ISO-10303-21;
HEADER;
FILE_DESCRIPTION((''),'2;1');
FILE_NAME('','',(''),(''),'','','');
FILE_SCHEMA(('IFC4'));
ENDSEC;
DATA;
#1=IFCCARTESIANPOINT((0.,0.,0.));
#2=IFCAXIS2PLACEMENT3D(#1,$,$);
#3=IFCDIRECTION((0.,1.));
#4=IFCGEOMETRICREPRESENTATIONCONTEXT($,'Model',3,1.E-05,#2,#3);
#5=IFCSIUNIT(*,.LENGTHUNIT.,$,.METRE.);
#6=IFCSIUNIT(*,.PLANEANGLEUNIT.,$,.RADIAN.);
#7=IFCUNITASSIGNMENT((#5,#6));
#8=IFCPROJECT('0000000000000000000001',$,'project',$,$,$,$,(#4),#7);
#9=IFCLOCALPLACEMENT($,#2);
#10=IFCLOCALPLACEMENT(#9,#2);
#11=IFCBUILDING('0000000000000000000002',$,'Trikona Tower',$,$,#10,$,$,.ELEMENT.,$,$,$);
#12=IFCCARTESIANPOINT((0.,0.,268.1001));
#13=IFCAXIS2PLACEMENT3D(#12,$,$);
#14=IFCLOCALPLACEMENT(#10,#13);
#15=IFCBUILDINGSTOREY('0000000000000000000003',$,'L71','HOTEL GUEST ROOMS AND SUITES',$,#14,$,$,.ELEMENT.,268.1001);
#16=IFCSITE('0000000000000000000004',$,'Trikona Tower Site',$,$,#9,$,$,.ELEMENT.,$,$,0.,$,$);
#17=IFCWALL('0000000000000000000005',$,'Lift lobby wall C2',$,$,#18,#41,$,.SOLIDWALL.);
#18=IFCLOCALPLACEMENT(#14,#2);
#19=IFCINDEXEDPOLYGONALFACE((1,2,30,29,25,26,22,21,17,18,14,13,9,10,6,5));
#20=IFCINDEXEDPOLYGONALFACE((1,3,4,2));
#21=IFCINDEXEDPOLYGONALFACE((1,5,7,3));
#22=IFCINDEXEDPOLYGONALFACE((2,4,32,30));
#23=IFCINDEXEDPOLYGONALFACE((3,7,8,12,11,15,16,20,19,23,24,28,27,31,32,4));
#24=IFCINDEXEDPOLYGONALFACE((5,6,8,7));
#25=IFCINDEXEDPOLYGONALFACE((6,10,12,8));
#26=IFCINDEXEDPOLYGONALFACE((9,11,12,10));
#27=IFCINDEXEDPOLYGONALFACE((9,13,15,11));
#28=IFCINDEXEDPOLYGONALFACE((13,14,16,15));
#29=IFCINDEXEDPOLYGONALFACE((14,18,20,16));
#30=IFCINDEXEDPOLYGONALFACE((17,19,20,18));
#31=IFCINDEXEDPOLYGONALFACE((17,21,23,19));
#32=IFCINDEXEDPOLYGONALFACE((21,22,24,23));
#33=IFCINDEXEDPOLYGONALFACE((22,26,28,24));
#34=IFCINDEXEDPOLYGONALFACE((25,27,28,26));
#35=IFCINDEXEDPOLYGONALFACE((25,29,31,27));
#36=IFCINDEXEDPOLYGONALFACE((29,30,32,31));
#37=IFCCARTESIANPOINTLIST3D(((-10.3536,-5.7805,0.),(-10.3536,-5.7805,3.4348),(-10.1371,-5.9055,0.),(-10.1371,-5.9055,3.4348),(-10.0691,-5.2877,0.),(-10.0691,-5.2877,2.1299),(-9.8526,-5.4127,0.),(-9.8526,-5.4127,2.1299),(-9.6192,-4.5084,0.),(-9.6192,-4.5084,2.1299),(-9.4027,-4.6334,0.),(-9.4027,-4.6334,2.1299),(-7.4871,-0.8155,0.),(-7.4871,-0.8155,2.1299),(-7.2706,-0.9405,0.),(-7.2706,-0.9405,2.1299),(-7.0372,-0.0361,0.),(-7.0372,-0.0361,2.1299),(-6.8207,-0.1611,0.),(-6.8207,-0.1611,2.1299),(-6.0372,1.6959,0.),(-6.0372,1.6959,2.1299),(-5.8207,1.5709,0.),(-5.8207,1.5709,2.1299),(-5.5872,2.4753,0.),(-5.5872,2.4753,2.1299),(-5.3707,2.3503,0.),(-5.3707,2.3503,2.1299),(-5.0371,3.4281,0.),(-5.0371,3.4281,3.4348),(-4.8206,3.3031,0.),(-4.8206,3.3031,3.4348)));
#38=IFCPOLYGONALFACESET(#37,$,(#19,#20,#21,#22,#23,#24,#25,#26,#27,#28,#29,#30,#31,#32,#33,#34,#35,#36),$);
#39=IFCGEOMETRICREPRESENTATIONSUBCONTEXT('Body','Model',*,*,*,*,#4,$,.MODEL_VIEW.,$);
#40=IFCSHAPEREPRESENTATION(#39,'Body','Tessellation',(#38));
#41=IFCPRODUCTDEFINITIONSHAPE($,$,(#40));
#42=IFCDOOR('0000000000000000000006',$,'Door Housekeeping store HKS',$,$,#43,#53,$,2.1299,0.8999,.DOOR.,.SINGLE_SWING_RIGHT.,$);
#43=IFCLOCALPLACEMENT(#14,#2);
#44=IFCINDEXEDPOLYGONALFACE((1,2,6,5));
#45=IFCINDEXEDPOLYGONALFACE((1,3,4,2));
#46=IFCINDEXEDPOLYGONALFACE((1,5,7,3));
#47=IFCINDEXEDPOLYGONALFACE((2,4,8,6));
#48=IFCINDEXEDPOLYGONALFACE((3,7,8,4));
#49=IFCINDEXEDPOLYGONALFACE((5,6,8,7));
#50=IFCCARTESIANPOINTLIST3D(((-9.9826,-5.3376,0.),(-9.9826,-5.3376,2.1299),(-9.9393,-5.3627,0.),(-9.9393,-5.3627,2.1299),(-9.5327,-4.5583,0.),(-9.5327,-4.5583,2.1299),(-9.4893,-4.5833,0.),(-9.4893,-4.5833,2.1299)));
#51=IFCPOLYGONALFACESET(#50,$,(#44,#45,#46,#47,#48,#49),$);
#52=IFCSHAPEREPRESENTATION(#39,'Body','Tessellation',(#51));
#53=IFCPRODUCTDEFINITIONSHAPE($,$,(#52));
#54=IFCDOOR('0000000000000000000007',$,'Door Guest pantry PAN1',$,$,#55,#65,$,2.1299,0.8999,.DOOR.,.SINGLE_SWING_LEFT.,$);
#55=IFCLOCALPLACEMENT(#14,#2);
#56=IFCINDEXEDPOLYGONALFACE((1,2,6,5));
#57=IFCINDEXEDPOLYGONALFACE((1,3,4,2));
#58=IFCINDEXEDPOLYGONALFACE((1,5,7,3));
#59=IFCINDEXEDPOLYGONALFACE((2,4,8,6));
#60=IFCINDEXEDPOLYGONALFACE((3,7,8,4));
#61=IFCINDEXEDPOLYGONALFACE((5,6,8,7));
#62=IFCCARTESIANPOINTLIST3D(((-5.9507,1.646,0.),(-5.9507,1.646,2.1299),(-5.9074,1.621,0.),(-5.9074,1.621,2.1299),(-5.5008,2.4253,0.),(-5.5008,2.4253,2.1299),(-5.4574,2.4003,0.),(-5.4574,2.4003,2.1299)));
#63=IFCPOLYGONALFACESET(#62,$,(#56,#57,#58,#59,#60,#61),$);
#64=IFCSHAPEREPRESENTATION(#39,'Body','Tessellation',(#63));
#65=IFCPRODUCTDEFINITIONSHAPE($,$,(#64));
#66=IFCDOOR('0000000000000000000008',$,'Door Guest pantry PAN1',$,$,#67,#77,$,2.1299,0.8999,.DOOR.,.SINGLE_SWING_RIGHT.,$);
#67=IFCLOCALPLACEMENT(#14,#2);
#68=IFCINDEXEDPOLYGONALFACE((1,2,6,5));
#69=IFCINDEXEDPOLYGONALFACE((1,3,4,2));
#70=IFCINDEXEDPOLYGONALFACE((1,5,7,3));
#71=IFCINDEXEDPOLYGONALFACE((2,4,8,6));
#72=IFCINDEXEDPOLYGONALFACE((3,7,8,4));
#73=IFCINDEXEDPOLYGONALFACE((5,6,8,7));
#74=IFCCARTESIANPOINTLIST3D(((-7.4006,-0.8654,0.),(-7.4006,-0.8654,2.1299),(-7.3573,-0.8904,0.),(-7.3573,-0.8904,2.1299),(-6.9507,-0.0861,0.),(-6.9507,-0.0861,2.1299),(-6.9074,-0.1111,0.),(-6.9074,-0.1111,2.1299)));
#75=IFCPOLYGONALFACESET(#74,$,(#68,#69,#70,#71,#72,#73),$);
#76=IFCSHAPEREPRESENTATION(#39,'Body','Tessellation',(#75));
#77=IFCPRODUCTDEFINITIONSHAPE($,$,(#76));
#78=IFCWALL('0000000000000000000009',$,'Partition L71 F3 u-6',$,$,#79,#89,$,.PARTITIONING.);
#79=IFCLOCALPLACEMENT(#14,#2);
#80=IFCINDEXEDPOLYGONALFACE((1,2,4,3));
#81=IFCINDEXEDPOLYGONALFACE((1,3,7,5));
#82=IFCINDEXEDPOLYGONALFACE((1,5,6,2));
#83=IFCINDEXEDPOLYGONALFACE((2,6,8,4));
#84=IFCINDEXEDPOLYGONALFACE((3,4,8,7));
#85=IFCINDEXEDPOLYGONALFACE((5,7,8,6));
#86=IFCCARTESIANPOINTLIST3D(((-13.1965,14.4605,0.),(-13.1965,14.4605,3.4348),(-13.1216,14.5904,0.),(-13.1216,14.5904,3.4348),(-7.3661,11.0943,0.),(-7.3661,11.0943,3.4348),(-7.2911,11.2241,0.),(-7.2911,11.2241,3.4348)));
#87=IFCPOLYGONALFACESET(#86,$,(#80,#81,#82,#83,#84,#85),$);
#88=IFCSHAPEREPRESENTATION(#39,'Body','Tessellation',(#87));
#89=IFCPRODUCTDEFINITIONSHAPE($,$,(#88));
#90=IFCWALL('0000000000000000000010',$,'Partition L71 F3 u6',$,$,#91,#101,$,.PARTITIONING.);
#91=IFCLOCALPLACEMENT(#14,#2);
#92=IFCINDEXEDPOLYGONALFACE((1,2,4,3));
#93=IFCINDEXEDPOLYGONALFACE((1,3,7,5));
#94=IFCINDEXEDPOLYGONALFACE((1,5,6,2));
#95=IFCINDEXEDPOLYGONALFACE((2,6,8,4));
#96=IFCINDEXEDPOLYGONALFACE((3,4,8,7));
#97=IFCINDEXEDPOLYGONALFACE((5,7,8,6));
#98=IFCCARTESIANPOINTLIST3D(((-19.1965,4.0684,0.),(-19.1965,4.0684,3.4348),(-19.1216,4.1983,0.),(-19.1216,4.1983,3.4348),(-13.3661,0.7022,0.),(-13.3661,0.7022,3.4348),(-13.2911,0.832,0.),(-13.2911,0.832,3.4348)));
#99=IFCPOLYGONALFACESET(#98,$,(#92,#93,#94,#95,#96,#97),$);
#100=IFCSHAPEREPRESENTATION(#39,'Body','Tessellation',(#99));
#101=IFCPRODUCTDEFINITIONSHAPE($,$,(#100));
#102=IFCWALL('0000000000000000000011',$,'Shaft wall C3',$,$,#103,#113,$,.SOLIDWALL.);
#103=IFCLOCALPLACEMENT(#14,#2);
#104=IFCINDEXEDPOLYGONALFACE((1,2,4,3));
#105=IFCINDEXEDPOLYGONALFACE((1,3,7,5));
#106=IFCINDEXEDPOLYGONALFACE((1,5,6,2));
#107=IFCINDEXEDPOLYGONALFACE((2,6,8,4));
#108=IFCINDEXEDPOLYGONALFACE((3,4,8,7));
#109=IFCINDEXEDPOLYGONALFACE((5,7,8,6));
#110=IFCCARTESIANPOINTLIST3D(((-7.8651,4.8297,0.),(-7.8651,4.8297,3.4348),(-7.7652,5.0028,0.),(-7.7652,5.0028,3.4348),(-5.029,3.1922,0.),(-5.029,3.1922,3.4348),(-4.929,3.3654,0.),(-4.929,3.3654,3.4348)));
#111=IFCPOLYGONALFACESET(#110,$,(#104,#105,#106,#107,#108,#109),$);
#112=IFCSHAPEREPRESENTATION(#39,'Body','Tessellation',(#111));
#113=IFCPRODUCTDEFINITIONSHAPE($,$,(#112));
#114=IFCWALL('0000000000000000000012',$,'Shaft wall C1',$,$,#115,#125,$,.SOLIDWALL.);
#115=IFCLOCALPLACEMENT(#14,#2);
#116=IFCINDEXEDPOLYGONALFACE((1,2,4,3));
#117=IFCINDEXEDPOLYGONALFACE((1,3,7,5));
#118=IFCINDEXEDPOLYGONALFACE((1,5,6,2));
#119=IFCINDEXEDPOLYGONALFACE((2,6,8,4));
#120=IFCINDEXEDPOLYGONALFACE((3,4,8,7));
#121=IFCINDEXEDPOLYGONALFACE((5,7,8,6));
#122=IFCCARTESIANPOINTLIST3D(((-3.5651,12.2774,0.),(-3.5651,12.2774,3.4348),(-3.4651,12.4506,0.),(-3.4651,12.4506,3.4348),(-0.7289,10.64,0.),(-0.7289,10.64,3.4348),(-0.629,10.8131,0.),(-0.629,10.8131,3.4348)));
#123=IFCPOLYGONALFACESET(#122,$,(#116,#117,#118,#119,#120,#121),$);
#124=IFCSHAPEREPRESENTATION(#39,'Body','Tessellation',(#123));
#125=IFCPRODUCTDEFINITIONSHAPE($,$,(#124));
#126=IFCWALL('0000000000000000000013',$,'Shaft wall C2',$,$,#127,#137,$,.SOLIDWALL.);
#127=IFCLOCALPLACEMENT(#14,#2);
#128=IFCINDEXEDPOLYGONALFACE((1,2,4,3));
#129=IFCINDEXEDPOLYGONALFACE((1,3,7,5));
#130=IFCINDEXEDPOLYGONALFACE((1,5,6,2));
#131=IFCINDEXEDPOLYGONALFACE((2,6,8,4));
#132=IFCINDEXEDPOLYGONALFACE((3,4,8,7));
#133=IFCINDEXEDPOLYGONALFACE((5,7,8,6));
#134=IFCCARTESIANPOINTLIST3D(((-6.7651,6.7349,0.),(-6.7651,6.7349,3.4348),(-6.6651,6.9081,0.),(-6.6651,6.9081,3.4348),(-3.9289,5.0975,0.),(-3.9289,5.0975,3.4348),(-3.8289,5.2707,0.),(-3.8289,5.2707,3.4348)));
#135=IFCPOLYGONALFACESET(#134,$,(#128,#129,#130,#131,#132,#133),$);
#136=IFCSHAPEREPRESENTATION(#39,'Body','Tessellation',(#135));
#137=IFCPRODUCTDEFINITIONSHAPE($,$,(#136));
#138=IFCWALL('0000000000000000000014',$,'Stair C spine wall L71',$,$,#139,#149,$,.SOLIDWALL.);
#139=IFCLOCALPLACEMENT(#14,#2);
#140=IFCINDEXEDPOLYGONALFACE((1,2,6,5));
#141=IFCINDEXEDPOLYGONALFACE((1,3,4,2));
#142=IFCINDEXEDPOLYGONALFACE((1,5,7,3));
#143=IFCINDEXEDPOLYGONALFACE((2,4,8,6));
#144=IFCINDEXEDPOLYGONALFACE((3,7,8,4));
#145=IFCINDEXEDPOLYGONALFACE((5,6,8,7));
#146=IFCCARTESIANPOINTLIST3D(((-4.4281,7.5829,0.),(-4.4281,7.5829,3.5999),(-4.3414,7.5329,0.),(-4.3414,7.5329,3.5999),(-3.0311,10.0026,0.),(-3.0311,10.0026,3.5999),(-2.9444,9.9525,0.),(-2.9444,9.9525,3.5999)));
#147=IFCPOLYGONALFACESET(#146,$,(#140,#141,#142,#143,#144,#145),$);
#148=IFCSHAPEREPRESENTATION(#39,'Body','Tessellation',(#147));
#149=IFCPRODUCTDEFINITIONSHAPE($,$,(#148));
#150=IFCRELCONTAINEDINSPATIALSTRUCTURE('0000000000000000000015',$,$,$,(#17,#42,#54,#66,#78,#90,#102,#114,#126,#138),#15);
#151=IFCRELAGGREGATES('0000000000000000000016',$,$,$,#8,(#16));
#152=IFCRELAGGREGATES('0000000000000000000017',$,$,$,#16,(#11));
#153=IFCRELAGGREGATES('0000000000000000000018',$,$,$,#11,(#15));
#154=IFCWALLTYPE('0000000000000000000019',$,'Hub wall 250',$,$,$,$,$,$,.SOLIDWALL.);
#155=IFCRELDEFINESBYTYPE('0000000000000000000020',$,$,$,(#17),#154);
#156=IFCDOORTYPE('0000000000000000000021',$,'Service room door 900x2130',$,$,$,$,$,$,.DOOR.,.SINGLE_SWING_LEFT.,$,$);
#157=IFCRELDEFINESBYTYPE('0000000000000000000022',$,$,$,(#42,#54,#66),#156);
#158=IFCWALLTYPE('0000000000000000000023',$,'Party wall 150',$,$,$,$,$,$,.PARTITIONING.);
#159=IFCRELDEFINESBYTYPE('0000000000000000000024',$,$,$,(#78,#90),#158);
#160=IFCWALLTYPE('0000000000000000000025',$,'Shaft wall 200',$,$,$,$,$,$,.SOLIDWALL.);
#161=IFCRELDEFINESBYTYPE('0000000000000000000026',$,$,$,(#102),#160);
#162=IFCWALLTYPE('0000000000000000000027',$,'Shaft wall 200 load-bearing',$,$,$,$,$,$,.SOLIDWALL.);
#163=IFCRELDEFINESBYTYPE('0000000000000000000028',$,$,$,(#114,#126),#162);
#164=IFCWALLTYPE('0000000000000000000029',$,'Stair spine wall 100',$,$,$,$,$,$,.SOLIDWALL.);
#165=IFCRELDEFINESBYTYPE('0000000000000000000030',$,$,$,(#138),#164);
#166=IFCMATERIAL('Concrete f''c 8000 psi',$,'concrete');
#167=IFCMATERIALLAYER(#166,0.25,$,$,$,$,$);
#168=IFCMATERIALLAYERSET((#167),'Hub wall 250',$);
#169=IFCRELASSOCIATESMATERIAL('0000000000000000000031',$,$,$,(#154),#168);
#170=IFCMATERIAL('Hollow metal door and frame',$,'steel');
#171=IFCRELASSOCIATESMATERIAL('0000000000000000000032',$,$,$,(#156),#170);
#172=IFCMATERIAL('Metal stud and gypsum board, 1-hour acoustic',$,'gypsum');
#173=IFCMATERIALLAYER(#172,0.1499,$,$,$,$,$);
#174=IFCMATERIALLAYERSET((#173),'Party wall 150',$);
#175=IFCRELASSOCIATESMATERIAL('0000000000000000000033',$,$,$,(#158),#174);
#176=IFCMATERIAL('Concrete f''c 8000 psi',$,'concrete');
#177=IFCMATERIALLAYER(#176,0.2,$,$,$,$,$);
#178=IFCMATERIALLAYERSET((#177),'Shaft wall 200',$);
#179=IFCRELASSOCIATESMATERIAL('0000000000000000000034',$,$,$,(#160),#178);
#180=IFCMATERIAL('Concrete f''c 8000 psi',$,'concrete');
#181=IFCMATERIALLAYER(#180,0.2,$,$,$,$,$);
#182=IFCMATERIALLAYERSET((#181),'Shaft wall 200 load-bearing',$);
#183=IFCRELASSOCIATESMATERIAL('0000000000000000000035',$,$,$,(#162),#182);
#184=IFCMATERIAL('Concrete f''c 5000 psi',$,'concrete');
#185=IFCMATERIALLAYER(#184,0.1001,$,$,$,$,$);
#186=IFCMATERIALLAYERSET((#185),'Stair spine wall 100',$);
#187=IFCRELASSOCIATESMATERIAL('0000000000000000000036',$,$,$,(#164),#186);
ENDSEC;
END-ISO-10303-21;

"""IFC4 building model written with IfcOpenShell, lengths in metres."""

from ifc_helpers import new_model, si_unit, direction, frame, frame_2d, origin, place, context, subcontext, project, spatial, rectangle, extrude, material, layer, layer_set, type_object, element, fill, save


model = new_model("IFC4")

# Units and contexts
model_context = context("Model", 3, precision=1e-05, world=origin(), true_north=direction((0.0, 1.0)))
body_context = subcontext(model_context, "Body", "Model", "MODEL_VIEW")
ifc_project = project(units=[si_unit("LENGTHUNIT", "METRE"), si_unit("PLANEANGLEUNIT", "RADIAN")], contexts=[model_context])

# Site, building, storey
site_placement = place(None, origin())
site = spatial("IfcSite", under=ifc_project, at=site_placement, Name="Trikona Tower Site", CompositionType="ELEMENT", RefElevation=0.0)
building_placement = place(site_placement, origin())
building = spatial("IfcBuilding", under=site, at=building_placement, Name="Trikona Tower", CompositionType="ELEMENT")
storey_placement = place(building_placement, frame((0.0, 0.0, 268.1001)))
storey = spatial("IfcBuildingStorey", under=building, at=storey_placement, Name="L71", Description="HOTEL GUEST ROOMS AND SUITES", CompositionType="ELEMENT", Elevation=268.1001)

# Shared definitions
ifc_material_1 = material(Name="Concrete f'c 8000 psi", Category="concrete")
ifc_layer_1 = layer(ifc_material_1, 0.25)
ifc_layer_set_1 = layer_set([ifc_layer_1], Name="Hub wall 250")
wall_type_1 = type_object("IfcWallType", Name="Hub wall 250", PredefinedType="SOLIDWALL", material=ifc_layer_set_1)

# Wall, openings, doors
wall_1_placement = place(storey_placement, frame((-4.929, 3.3655, 0.0), z_axis=(0.0, 0.0, 1.0), x_axis=(-0.499991, -0.86603, 0.0)))
wall_1 = element("IfcWall", 1, at=wall_1_placement, inside=storey, type_object=wall_type_1, Name="Lift lobby wall C2", PredefinedType="SOLIDWALL", context=body_context, shape_type="SweptSolid", body=[
    extrude(rectangle(XDim=10.6331, YDim=0.25, at=frame_2d((5.3164, 0.0))), origin(), (0.0, 0.0, 1.0), 3.4348),
])
opening_1_placement = place(wall_1_placement, frame((9.1641, 0.0, 0.0)))
opening_1 = element("IfcOpeningElement", 2, at=opening_1_placement, cuts=wall_1, PredefinedType="OPENING", context=body_context, shape_type="SweptSolid", body=[
    extrude(rectangle(XDim=0.8999, YDim=2.1299, at=frame_2d((0.45, 1.0649))), frame((0.0, 0.135, 0.0), z_axis=(0.0, -1.0, 0.0), x_axis=(1.0, 0.0, 0.0)), (0.0, 0.0, 1.0), 0.27),
])
opening_2_placement = place(wall_1_placement, frame((1.1001, 0.0, 0.0)))
opening_2 = element("IfcOpeningElement", 3, at=opening_2_placement, cuts=wall_1, PredefinedType="OPENING", context=body_context, shape_type="SweptSolid", body=[
    extrude(rectangle(XDim=0.8999, YDim=2.1299, at=frame_2d((0.45, 1.0649))), frame((0.0, 0.135, 0.0), z_axis=(0.0, -1.0, 0.0), x_axis=(1.0, 0.0, 0.0)), (0.0, 0.0, 1.0), 0.27),
])
opening_3_placement = place(wall_1_placement, frame((4.0, 0.0, 0.0)))
opening_3 = element("IfcOpeningElement", 4, at=opening_3_placement, cuts=wall_1, PredefinedType="OPENING", context=body_context, shape_type="SweptSolid", body=[
    extrude(rectangle(XDim=0.8999, YDim=2.1299, at=frame_2d((0.45, 1.0649))), frame((0.0, 0.135, 0.0), z_axis=(0.0, -1.0, 0.0), x_axis=(1.0, 0.0, 0.0)), (0.0, 0.0, 1.0), 0.27),
])
ifc_material_2 = material(Name="Hollow metal door and frame", Category="steel")
door_type = type_object("IfcDoorType", Name="Service room door 900x2130", OperationType="SINGLE_SWING_LEFT", PredefinedType="DOOR", material=ifc_material_2)
door_1_placement = place(opening_1_placement, origin())
door_1 = element("IfcDoor", 5, at=door_1_placement, inside=storey, type_object=door_type, Name="Door Housekeeping store HKS", OperationType="SINGLE_SWING_RIGHT", OverallHeight=2.1299, OverallWidth=0.8999, PredefinedType="DOOR", context=body_context, shape_type="SweptSolid", body=[
    extrude(rectangle(XDim=0.8999, YDim=2.1299, at=frame_2d((0.45, 1.0649))), frame((0.0, 0.0249, 0.0), z_axis=(0.0, -1.0, 0.0), x_axis=(1.0, 0.0, 0.0)), (0.0, 0.0, 1.0), 0.05),
])
fill(opening_1, door_1)
door_2_placement = place(opening_2_placement, origin())
door_2 = element("IfcDoor", 6, at=door_2_placement, inside=storey, type_object=door_type, Name="Door Guest pantry PAN1", OperationType="SINGLE_SWING_LEFT", OverallHeight=2.1299, OverallWidth=0.8999, PredefinedType="DOOR", context=body_context, shape_type="SweptSolid", body=[
    extrude(rectangle(XDim=0.8999, YDim=2.1299, at=frame_2d((0.45, 1.0649))), frame((0.0, 0.0249, 0.0), z_axis=(0.0, -1.0, 0.0), x_axis=(1.0, 0.0, 0.0)), (0.0, 0.0, 1.0), 0.05),
])
fill(opening_2, door_2)
door_3_placement = place(opening_3_placement, origin())
door_3 = element("IfcDoor", 7, at=door_3_placement, inside=storey, type_object=door_type, Name="Door Guest pantry PAN1", OperationType="SINGLE_SWING_RIGHT", OverallHeight=2.1299, OverallWidth=0.8999, PredefinedType="DOOR", context=body_context, shape_type="SweptSolid", body=[
    extrude(rectangle(XDim=0.8999, YDim=2.1299, at=frame_2d((0.45, 1.0649))), frame((0.0, 0.0249, 0.0), z_axis=(0.0, -1.0, 0.0), x_axis=(1.0, 0.0, 0.0)), (0.0, 0.0, 1.0), 0.05),
])
fill(opening_3, door_3)

# Walls
ifc_material_3 = material(Name="Metal stud and gypsum board, 1-hour acoustic", Category="gypsum")
ifc_layer_2 = layer(ifc_material_3, 0.1499)
ifc_layer_set_2 = layer_set([ifc_layer_2], Name="Party wall 150")
wall_type_2 = type_object("IfcWallType", Name="Party wall 150", PredefinedType="PARTITIONING", material=ifc_layer_set_2)
for number, where, z_axis, x_axis, name in (
    (8, (-7.3286, 11.1592, 0.0), (0.0, 0.0, 1.0), (-0.866021, 0.500008, 0.0), "Partition L71 F3 u-6"),
    (9, (-13.3286, 0.7671, 0.0), (0.0, 0.0, 1.0), (-0.866021, 0.500008, 0.0), "Partition L71 F3 u6"),
):
    element("IfcWall", number, at=place(storey_placement, frame(where, z_axis=z_axis, x_axis=x_axis)), inside=storey, type_object=wall_type_2, Name=name, PredefinedType="PARTITIONING", context=body_context, shape_type="SweptSolid", body=[
        extrude(rectangle(XDim=6.7324, YDim=0.1499, at=frame_2d((3.3662, 0.0))), origin(), (0.0, 0.0, 1.0), 3.4348),
    ])
ifc_material_4 = material(Name="Concrete f'c 8000 psi", Category="concrete")
ifc_layer_3 = layer(ifc_material_4, 0.2)
ifc_layer_set_3 = layer_set([ifc_layer_3], Name="Shaft wall 200")
wall_type_3 = type_object("IfcWallType", Name="Shaft wall 200", PredefinedType="SOLIDWALL", material=ifc_layer_set_3)
wall_2_placement = place(storey_placement, frame((-4.979, 3.2788, 0.0), z_axis=(0.0, 0.0, 1.0), x_axis=(-0.866028, 0.499996, 0.0)))
element("IfcWall", 10, at=wall_2_placement, inside=storey, type_object=wall_type_3, Name="Shaft wall C3", PredefinedType="SOLIDWALL", context=body_context, shape_type="SweptSolid", body=[
    extrude(rectangle(XDim=3.2749, YDim=0.2, at=frame_2d((1.6375, 0.0))), origin(), (0.0, 0.0, 1.0), 3.4348),
])
ifc_material_5 = material(Name="Concrete f'c 8000 psi", Category="concrete")
ifc_layer_4 = layer(ifc_material_5, 0.2)
ifc_layer_set_4 = layer_set([ifc_layer_4], Name="Shaft wall 200 load-bearing")
wall_type_4 = type_object("IfcWallType", Name="Shaft wall 200 load-bearing", PredefinedType="SOLIDWALL", material=ifc_layer_set_4)
for number, where, z_axis, x_axis, name in (
    (11, (-0.679, 10.7266, 0.0), (0.0, 0.0, 1.0), (-0.866028, 0.499996, 0.0), "Shaft wall C1"),
    (12, (-3.8789, 5.1841, 0.0), (0.0, 0.0, 1.0), (-0.866028, 0.499996, 0.0), "Shaft wall C2"),
):
    element("IfcWall", number, at=place(storey_placement, frame(where, z_axis=z_axis, x_axis=x_axis)), inside=storey, type_object=wall_type_4, Name=name, PredefinedType="SOLIDWALL", context=body_context, shape_type="SweptSolid", body=[
        extrude(rectangle(XDim=3.2749, YDim=0.2, at=frame_2d((1.6375, 0.0))), origin(), (0.0, 0.0, 1.0), 3.4348),
    ])
ifc_material_6 = material(Name="Concrete f'c 5000 psi", Category="concrete")
ifc_layer_5 = layer(ifc_material_6, 0.1001)
ifc_layer_set_5 = layer_set([ifc_layer_5], Name="Stair spine wall 100")
wall_type_5 = type_object("IfcWallType", Name="Stair spine wall 100", PredefinedType="SOLIDWALL", material=ifc_layer_set_5)
wall_3_placement = place(storey_placement, frame((-2.9878, 9.9775, 0.0), z_axis=(0.0, 0.0, 1.0), x_axis=(-0.499992, -0.86603, 0.0)))
element("IfcWall", 13, at=wall_3_placement, inside=storey, type_object=wall_type_5, Name="Stair C spine wall L71", PredefinedType="SOLIDWALL", context=body_context, shape_type="SweptSolid", body=[
    extrude(rectangle(XDim=2.7939, YDim=0.1001, at=frame_2d((1.397, 0.0))), origin(), (0.0, 0.0, 1.0), 3.5999),
])

save(model, "model.ifc")
